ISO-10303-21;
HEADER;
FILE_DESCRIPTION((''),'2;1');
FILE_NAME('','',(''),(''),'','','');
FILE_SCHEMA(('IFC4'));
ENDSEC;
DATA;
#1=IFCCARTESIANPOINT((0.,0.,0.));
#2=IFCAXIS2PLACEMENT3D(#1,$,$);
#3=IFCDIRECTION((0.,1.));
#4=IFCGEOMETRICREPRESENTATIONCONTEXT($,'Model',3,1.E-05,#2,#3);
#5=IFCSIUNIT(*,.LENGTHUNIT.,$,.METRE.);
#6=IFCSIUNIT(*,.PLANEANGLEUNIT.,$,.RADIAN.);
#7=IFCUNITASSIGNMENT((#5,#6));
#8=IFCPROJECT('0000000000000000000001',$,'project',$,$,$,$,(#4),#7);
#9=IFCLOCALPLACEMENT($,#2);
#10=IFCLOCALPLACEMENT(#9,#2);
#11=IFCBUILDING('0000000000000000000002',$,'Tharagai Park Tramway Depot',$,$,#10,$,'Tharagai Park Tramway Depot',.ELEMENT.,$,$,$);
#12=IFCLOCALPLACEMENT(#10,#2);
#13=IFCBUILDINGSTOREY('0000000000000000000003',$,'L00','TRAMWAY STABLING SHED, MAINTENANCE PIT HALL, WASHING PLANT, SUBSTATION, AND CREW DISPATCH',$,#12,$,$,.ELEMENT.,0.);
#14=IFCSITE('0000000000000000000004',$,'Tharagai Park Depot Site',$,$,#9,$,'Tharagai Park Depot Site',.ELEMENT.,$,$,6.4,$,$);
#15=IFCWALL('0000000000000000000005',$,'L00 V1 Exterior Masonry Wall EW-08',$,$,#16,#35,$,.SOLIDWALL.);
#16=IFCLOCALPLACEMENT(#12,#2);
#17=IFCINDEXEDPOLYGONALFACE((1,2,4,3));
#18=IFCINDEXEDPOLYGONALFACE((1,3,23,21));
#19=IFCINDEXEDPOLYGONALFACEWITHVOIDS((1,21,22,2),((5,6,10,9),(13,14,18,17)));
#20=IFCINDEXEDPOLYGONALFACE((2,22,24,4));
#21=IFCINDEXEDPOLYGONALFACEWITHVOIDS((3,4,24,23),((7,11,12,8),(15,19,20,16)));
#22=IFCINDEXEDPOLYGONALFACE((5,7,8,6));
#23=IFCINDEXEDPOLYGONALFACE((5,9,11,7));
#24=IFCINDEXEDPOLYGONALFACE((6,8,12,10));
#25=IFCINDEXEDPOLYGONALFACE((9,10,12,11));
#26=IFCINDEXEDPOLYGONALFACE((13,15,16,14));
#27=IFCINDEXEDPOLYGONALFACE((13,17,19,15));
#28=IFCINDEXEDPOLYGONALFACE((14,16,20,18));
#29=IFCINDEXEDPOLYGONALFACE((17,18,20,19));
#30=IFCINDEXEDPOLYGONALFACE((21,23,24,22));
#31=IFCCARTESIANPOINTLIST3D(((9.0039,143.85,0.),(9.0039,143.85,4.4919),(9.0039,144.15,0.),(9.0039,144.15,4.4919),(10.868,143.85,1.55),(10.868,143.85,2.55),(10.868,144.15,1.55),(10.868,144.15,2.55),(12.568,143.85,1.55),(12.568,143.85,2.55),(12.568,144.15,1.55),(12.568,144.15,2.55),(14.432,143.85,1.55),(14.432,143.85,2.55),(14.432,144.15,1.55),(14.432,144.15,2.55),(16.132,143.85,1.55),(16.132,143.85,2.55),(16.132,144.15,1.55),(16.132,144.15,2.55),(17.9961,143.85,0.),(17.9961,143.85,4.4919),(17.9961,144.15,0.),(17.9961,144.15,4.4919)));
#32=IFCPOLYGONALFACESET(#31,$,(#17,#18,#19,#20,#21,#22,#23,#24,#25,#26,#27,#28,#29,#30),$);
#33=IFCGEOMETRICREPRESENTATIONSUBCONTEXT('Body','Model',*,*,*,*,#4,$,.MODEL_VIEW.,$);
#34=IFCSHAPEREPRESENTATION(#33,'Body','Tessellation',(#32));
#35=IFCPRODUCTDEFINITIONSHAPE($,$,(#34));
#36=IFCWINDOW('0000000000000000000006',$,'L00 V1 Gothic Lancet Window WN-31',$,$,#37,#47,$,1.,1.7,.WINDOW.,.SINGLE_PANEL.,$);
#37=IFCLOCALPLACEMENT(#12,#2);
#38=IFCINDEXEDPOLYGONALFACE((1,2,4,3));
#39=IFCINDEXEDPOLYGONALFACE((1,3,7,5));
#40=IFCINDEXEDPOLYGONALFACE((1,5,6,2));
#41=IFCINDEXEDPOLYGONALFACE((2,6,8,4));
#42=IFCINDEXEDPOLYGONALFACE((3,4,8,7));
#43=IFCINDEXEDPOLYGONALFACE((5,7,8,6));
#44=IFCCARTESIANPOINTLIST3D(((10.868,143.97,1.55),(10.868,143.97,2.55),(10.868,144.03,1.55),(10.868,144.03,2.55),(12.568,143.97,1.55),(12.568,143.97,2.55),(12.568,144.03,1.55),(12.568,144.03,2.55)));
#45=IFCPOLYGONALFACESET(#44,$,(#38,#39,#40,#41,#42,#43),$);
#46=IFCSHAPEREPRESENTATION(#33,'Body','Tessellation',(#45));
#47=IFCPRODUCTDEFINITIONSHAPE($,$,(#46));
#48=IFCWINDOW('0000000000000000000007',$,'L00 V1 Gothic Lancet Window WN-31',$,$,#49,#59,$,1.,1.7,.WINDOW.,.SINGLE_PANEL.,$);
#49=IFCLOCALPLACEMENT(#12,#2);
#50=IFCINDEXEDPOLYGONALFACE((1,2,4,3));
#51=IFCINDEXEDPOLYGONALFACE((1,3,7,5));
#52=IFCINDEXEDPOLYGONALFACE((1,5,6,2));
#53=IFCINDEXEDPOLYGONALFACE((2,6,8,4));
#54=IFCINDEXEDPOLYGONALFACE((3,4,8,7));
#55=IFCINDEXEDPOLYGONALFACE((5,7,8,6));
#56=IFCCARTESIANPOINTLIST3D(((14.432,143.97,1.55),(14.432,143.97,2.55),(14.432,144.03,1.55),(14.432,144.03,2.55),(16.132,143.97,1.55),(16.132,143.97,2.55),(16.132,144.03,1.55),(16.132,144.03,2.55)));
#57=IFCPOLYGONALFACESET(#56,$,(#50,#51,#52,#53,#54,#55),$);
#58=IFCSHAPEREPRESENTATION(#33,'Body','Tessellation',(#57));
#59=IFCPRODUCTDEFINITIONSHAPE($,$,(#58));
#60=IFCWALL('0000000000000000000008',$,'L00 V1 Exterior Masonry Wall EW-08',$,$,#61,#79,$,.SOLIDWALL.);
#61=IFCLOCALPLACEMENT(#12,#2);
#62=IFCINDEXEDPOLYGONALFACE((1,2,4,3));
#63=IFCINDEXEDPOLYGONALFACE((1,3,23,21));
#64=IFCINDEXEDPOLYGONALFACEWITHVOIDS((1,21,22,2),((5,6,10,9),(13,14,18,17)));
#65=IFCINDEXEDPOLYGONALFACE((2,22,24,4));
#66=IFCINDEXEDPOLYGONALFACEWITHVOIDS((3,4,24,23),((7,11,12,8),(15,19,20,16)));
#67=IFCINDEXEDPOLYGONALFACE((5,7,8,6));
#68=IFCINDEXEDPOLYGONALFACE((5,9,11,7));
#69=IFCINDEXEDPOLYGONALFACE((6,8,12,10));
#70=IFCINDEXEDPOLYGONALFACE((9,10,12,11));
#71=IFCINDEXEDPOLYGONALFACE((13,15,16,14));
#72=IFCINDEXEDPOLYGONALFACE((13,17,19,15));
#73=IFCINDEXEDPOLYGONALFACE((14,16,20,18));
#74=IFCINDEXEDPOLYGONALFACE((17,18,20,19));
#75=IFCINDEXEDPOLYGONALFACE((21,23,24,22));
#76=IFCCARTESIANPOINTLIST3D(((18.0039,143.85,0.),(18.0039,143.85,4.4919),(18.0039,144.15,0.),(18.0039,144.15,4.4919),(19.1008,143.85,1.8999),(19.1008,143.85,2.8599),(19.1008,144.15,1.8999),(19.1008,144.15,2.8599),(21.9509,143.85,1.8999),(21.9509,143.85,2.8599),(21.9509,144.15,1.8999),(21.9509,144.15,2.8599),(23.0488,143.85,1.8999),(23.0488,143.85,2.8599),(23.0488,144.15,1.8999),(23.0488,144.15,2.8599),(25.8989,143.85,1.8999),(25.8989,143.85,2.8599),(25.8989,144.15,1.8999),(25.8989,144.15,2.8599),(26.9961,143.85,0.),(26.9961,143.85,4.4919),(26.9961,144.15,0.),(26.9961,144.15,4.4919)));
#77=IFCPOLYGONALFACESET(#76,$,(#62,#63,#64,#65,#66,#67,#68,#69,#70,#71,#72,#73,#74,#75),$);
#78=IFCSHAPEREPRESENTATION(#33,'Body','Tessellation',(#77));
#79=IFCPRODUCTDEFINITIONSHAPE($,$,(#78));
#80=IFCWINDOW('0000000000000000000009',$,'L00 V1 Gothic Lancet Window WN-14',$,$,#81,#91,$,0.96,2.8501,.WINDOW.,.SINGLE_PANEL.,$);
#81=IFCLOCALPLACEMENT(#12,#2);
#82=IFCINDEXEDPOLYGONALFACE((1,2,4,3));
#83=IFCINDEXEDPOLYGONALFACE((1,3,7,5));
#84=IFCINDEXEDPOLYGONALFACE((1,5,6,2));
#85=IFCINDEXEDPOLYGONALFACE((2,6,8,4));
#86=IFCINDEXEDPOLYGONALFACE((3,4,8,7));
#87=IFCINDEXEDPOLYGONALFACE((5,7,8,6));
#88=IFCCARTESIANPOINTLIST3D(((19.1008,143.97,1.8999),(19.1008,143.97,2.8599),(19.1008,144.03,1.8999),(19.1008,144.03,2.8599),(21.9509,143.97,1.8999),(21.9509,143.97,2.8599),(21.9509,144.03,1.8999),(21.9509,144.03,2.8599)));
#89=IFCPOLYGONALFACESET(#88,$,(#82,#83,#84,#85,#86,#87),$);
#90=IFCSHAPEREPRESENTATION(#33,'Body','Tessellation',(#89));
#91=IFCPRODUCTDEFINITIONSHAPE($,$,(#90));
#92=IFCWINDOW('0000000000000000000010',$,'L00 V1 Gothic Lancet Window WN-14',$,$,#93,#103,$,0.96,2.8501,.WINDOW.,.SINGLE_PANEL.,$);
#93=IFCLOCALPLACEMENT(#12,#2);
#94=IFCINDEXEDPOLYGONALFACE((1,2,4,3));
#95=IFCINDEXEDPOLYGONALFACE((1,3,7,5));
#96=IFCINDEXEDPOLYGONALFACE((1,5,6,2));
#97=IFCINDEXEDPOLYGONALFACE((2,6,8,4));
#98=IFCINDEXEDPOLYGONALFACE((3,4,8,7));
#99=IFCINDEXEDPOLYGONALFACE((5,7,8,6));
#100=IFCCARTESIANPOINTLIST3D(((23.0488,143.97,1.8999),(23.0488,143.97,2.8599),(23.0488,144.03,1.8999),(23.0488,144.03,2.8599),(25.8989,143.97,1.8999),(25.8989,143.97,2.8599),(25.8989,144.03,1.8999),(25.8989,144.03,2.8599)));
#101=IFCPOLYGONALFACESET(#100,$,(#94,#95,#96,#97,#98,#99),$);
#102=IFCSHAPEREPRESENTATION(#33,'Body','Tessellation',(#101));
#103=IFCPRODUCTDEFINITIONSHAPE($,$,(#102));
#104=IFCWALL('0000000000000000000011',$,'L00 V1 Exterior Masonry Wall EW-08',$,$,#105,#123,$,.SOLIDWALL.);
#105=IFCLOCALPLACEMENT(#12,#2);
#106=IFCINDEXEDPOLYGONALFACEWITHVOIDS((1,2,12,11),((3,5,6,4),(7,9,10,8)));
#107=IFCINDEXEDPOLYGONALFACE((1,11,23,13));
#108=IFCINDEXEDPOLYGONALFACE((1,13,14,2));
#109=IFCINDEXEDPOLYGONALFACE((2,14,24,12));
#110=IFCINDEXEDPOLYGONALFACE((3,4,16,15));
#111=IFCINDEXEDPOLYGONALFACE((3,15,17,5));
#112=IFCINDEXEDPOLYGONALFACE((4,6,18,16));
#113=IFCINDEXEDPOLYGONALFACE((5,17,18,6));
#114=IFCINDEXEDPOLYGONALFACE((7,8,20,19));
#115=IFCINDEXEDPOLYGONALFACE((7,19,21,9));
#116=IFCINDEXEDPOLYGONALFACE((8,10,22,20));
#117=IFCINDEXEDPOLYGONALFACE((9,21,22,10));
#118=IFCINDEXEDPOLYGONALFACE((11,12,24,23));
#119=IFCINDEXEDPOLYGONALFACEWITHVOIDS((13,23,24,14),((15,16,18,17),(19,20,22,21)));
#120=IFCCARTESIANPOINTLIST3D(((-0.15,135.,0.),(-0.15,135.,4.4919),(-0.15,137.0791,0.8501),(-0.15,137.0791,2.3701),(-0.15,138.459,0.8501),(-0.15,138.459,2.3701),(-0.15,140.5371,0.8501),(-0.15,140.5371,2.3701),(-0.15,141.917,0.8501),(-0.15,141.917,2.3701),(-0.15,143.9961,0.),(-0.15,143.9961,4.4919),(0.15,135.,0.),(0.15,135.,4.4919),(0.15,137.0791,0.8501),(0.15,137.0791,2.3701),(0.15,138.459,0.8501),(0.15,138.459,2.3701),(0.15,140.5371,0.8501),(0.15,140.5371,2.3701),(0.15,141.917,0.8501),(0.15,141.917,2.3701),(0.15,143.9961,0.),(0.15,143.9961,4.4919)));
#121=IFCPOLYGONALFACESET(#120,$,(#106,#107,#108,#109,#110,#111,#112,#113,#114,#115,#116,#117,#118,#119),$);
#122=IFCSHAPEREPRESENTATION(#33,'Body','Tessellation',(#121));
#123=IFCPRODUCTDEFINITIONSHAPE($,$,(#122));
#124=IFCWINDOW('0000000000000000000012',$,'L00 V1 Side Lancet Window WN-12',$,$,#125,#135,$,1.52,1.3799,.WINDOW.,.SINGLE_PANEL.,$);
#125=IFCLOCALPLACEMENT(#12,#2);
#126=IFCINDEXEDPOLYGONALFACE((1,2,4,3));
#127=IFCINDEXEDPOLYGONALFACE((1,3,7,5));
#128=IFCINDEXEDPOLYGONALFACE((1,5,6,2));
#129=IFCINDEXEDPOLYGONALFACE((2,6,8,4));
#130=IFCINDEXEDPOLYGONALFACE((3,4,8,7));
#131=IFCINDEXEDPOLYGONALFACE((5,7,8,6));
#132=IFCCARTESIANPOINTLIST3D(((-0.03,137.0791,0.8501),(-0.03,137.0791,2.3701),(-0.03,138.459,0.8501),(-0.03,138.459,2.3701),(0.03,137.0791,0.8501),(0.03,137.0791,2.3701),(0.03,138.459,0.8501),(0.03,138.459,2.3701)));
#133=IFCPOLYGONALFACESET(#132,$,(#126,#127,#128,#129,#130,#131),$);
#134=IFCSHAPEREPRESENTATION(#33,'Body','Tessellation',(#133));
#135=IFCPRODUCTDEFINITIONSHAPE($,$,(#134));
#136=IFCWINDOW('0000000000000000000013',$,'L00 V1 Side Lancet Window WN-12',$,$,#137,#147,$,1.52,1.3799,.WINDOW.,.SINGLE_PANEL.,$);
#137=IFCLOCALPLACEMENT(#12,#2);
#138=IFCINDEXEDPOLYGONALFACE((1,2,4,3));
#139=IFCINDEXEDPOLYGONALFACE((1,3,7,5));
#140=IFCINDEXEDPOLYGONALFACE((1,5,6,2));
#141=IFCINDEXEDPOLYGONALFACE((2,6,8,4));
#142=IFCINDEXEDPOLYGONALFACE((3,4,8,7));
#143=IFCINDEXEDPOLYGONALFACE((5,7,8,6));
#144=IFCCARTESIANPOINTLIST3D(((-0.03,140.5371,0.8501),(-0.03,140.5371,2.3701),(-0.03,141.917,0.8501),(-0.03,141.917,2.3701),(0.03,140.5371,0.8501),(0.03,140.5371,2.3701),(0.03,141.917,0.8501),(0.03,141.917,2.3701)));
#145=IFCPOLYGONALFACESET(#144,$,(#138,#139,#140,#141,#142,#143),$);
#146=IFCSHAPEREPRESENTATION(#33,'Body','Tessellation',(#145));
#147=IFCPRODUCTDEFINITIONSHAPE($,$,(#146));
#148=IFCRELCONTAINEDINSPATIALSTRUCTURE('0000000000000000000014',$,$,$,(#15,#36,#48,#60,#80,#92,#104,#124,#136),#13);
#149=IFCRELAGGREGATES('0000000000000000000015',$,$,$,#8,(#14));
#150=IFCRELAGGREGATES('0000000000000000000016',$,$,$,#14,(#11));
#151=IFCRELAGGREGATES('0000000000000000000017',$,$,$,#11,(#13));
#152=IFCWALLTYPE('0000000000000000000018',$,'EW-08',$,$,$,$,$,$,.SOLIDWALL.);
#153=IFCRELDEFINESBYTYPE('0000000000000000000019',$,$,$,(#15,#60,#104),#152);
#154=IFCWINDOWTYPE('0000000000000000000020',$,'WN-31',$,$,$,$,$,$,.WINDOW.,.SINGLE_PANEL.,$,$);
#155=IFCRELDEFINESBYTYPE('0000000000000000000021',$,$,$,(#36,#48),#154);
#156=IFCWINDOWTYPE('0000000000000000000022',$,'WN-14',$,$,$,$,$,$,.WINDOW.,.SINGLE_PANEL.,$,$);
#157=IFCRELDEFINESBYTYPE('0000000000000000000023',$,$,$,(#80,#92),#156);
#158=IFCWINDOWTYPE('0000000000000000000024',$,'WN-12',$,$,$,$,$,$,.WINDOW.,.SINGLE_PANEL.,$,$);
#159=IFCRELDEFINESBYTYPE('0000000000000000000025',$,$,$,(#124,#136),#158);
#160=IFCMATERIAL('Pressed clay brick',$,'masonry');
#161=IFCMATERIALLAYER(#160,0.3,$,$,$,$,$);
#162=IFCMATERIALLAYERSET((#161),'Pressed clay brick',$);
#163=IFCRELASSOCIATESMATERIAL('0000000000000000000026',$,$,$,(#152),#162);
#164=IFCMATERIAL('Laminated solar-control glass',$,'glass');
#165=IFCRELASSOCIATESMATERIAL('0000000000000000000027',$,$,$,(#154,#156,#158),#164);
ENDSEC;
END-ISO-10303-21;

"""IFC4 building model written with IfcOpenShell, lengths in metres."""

from ifc_helpers import new_model, si_unit, direction, frame, frame_2d, origin, place, context, subcontext, project, spatial, rectangle, extrude, material, layer, layer_set, type_object, element, fill, save


model = new_model("IFC4")

# Units and contexts
model_context = context("Model", 3, precision=1e-05, world=origin(), true_north=direction((0.0, 1.0)))
body_context = subcontext(model_context, "Body", "Model", "MODEL_VIEW")
ifc_project = project(units=[si_unit("LENGTHUNIT", "METRE"), si_unit("PLANEANGLEUNIT", "RADIAN")], contexts=[model_context])

# Site, building, storey
site_placement = place(None, origin())
site = spatial("IfcSite", under=ifc_project, at=site_placement, Name="Tharagai Park Depot Site", LongName="Tharagai Park Depot Site", CompositionType="ELEMENT", RefElevation=6.4)
building_placement = place(site_placement, origin())
building = spatial("IfcBuilding", under=site, at=building_placement, Name="Tharagai Park Tramway Depot", LongName="Tharagai Park Tramway Depot", CompositionType="ELEMENT")
storey_placement = place(building_placement, origin())
storey = spatial("IfcBuildingStorey", under=building, at=storey_placement, Name="L00", Description="TRAMWAY STABLING SHED, MAINTENANCE PIT HALL, WASHING PLANT, SUBSTATION, AND CREW DISPATCH", CompositionType="ELEMENT", Elevation=0.0)

# Walls, openings, windows
ifc_material_1 = material(Name="Pressed clay brick", Category="masonry")
ifc_layer = layer(ifc_material_1, 0.3)
ifc_layer_set = layer_set([ifc_layer], Name="Pressed clay brick")
wall_type = type_object("IfcWallType", Name="EW-08", PredefinedType="SOLIDWALL", material=ifc_layer_set)
ifc_material_2 = material(Name="Laminated solar-control glass", Category="glass")
wall_1_placement = place(storey_placement, frame((9.0039, 144.0, 0.0), z_axis=(0.0, 0.0, 1.0), x_axis=(1.0, 0.0, 0.0)))
wall_1 = element("IfcWall", 1, at=wall_1_placement, inside=storey, type_object=wall_type, Name="L00 V1 Exterior Masonry Wall EW-08", PredefinedType="SOLIDWALL", context=body_context, shape_type="SweptSolid", body=[
    extrude(rectangle(XDim=8.9922, YDim=0.3, at=frame_2d((4.4961, 0.0))), origin(), (0.0, 0.0, 1.0), 4.4919),
])
opening_1_placement = place(wall_1_placement, frame((1.864, 0.0, 1.55)))
opening_1 = element("IfcOpeningElement", 2, at=opening_1_placement, cuts=wall_1, PredefinedType="OPENING", context=body_context, shape_type="SweptSolid", body=[
    extrude(rectangle(XDim=1.7, YDim=1.0, at=frame_2d((0.8501, 0.5))), frame((0.0, 0.1599, 0.0), z_axis=(0.0, -1.0, 0.0), x_axis=(1.0, 0.0, 0.0)), (0.0, 0.0, 1.0), 0.3201),
])
opening_2_placement = place(wall_1_placement, frame((5.428, 0.0, 1.55)))
opening_2 = element("IfcOpeningElement", 3, at=opening_2_placement, cuts=wall_1, PredefinedType="OPENING", context=body_context, shape_type="SweptSolid", body=[
    extrude(rectangle(XDim=1.7, YDim=1.0, at=frame_2d((0.8501, 0.5))), frame((0.0, 0.1599, 0.0), z_axis=(0.0, -1.0, 0.0), x_axis=(1.0, 0.0, 0.0)), (0.0, 0.0, 1.0), 0.3201),
])
window_type_1 = type_object("IfcWindowType", Name="WN-31", PartitioningType="SINGLE_PANEL", PredefinedType="WINDOW", material=ifc_material_2)
window_1_placement = place(opening_1_placement, origin())
window_1 = element("IfcWindow", 4, at=window_1_placement, inside=storey, type_object=window_type_1, Name="L00 V1 Gothic Lancet Window WN-31", OverallHeight=1.0, OverallWidth=1.7, PartitioningType="SINGLE_PANEL", PredefinedType="WINDOW", context=body_context, shape_type="SweptSolid", body=[
    extrude(rectangle(XDim=1.7, YDim=1.0, at=frame_2d((0.8501, 0.5))), frame((0.0, 0.03, 0.0), z_axis=(0.0, -1.0, 0.0), x_axis=(1.0, 0.0, 0.0)), (0.0, 0.0, 1.0), 0.0601),
])
fill(opening_1, window_1)
window_2_placement = place(opening_2_placement, origin())
window_2 = element("IfcWindow", 5, at=window_2_placement, inside=storey, type_object=window_type_1, Name="L00 V1 Gothic Lancet Window WN-31", OverallHeight=1.0, OverallWidth=1.7, PartitioningType="SINGLE_PANEL", PredefinedType="WINDOW", context=body_context, shape_type="SweptSolid", body=[
    extrude(rectangle(XDim=1.7, YDim=1.0, at=frame_2d((0.8501, 0.5))), frame((0.0, 0.03, 0.0), z_axis=(0.0, -1.0, 0.0), x_axis=(1.0, 0.0, 0.0)), (0.0, 0.0, 1.0), 0.0601),
])
fill(opening_2, window_2)
wall_2_placement = place(storey_placement, frame((18.0039, 144.0, 0.0), z_axis=(0.0, 0.0, 1.0), x_axis=(1.0, 0.0, 0.0)))
wall_2 = element("IfcWall", 6, at=wall_2_placement, inside=storey, type_object=wall_type, Name="L00 V1 Exterior Masonry Wall EW-08", PredefinedType="SOLIDWALL", context=body_context, shape_type="SweptSolid", body=[
    extrude(rectangle(XDim=8.9922, YDim=0.3, at=frame_2d((4.4961, 0.0))), origin(), (0.0, 0.0, 1.0), 4.4919),
])
opening_3_placement = place(wall_2_placement, frame((1.0969, 0.0, 1.8999)))
opening_3 = element("IfcOpeningElement", 7, at=opening_3_placement, cuts=wall_2, PredefinedType="OPENING", context=body_context, shape_type="SweptSolid", body=[
    extrude(rectangle(XDim=2.8501, YDim=0.96, at=frame_2d((1.425, 0.48))), frame((0.0, 0.1599, 0.0), z_axis=(0.0, -1.0, 0.0), x_axis=(1.0, 0.0, 0.0)), (0.0, 0.0, 1.0), 0.3201),
])
opening_4_placement = place(wall_2_placement, frame((5.0449, 0.0, 1.8999)))
opening_4 = element("IfcOpeningElement", 8, at=opening_4_placement, cuts=wall_2, PredefinedType="OPENING", context=body_context, shape_type="SweptSolid", body=[
    extrude(rectangle(XDim=2.8501, YDim=0.96, at=frame_2d((1.425, 0.48))), frame((0.0, 0.1599, 0.0), z_axis=(0.0, -1.0, 0.0), x_axis=(1.0, 0.0, 0.0)), (0.0, 0.0, 1.0), 0.3201),
])
window_type_2 = type_object("IfcWindowType", Name="WN-14", PartitioningType="SINGLE_PANEL", PredefinedType="WINDOW", material=ifc_material_2)
window_3_placement = place(opening_3_placement, origin())
window_3 = element("IfcWindow", 9, at=window_3_placement, inside=storey, type_object=window_type_2, Name="L00 V1 Gothic Lancet Window WN-14", OverallHeight=0.96, OverallWidth=2.8501, PartitioningType="SINGLE_PANEL", PredefinedType="WINDOW", context=body_context, shape_type="SweptSolid", body=[
    extrude(rectangle(XDim=2.8501, YDim=0.96, at=frame_2d((1.425, 0.48))), frame((0.0, 0.03, 0.0), z_axis=(0.0, -1.0, 0.0), x_axis=(1.0, 0.0, 0.0)), (0.0, 0.0, 1.0), 0.0601),
])
fill(opening_3, window_3)
window_4_placement = place(opening_4_placement, origin())
window_4 = element("IfcWindow", 10, at=window_4_placement, inside=storey, type_object=window_type_2, Name="L00 V1 Gothic Lancet Window WN-14", OverallHeight=0.96, OverallWidth=2.8501, PartitioningType="SINGLE_PANEL", PredefinedType="WINDOW", context=body_context, shape_type="SweptSolid", body=[
    extrude(rectangle(XDim=2.8501, YDim=0.96, at=frame_2d((1.425, 0.48))), frame((0.0, 0.03, 0.0), z_axis=(0.0, -1.0, 0.0), x_axis=(1.0, 0.0, 0.0)), (0.0, 0.0, 1.0), 0.0601),
])
fill(opening_4, window_4)
wall_3_placement = place(storey_placement, frame((0.0, 135.0, 0.0), z_axis=(0.0, 0.0, 1.0), x_axis=(0.0, 1.0, 0.0)))
wall_3 = element("IfcWall", 11, at=wall_3_placement, inside=storey, type_object=wall_type, Name="L00 V1 Exterior Masonry Wall EW-08", PredefinedType="SOLIDWALL", context=body_context, shape_type="SweptSolid", body=[
    extrude(rectangle(XDim=8.9961, YDim=0.3, at=frame_2d((4.498, 0.0))), origin(), (0.0, 0.0, 1.0), 4.4919),
])
opening_5_placement = place(wall_3_placement, frame((2.0791, 0.0, 0.8501)))
opening_5 = element("IfcOpeningElement", 12, at=opening_5_placement, cuts=wall_3, PredefinedType="OPENING", context=body_context, shape_type="SweptSolid", body=[
    extrude(rectangle(XDim=1.3799, YDim=1.52, at=frame_2d((0.6899, 0.76))), frame((0.0, 0.1599, 0.0), z_axis=(0.0, -1.0, 0.0), x_axis=(1.0, 0.0, 0.0)), (0.0, 0.0, 1.0), 0.3201),
])
opening_6_placement = place(wall_3_placement, frame((5.5371, 0.0, 0.8501)))
opening_6 = element("IfcOpeningElement", 13, at=opening_6_placement, cuts=wall_3, PredefinedType="OPENING", context=body_context, shape_type="SweptSolid", body=[
    extrude(rectangle(XDim=1.3799, YDim=1.52, at=frame_2d((0.6899, 0.76))), frame((0.0, 0.1599, 0.0), z_axis=(0.0, -1.0, 0.0), x_axis=(1.0, 0.0, 0.0)), (0.0, 0.0, 1.0), 0.3201),
])
window_type_3 = type_object("IfcWindowType", Name="WN-12", PartitioningType="SINGLE_PANEL", PredefinedType="WINDOW", material=ifc_material_2)
window_5_placement = place(opening_5_placement, origin())
window_5 = element("IfcWindow", 14, at=window_5_placement, inside=storey, type_object=window_type_3, Name="L00 V1 Side Lancet Window WN-12", OverallHeight=1.52, OverallWidth=1.3799, PartitioningType="SINGLE_PANEL", PredefinedType="WINDOW", context=body_context, shape_type="SweptSolid", body=[
    extrude(rectangle(XDim=1.3799, YDim=1.52, at=frame_2d((0.6899, 0.76))), frame((0.0, 0.03, 0.0), z_axis=(0.0, -1.0, 0.0), x_axis=(1.0, 0.0, 0.0)), (0.0, 0.0, 1.0), 0.0601),
])
fill(opening_5, window_5)
window_6_placement = place(opening_6_placement, origin())
window_6 = element("IfcWindow", 15, at=window_6_placement, inside=storey, type_object=window_type_3, Name="L00 V1 Side Lancet Window WN-12", OverallHeight=1.52, OverallWidth=1.3799, PartitioningType="SINGLE_PANEL", PredefinedType="WINDOW", context=body_context, shape_type="SweptSolid", body=[
    extrude(rectangle(XDim=1.3799, YDim=1.52, at=frame_2d((0.6899, 0.76))), frame((0.0, 0.03, 0.0), z_axis=(0.0, -1.0, 0.0), x_axis=(1.0, 0.0, 0.0)), (0.0, 0.0, 1.0), 0.0601),
])
fill(opening_6, window_6)

save(model, "model.ifc")
